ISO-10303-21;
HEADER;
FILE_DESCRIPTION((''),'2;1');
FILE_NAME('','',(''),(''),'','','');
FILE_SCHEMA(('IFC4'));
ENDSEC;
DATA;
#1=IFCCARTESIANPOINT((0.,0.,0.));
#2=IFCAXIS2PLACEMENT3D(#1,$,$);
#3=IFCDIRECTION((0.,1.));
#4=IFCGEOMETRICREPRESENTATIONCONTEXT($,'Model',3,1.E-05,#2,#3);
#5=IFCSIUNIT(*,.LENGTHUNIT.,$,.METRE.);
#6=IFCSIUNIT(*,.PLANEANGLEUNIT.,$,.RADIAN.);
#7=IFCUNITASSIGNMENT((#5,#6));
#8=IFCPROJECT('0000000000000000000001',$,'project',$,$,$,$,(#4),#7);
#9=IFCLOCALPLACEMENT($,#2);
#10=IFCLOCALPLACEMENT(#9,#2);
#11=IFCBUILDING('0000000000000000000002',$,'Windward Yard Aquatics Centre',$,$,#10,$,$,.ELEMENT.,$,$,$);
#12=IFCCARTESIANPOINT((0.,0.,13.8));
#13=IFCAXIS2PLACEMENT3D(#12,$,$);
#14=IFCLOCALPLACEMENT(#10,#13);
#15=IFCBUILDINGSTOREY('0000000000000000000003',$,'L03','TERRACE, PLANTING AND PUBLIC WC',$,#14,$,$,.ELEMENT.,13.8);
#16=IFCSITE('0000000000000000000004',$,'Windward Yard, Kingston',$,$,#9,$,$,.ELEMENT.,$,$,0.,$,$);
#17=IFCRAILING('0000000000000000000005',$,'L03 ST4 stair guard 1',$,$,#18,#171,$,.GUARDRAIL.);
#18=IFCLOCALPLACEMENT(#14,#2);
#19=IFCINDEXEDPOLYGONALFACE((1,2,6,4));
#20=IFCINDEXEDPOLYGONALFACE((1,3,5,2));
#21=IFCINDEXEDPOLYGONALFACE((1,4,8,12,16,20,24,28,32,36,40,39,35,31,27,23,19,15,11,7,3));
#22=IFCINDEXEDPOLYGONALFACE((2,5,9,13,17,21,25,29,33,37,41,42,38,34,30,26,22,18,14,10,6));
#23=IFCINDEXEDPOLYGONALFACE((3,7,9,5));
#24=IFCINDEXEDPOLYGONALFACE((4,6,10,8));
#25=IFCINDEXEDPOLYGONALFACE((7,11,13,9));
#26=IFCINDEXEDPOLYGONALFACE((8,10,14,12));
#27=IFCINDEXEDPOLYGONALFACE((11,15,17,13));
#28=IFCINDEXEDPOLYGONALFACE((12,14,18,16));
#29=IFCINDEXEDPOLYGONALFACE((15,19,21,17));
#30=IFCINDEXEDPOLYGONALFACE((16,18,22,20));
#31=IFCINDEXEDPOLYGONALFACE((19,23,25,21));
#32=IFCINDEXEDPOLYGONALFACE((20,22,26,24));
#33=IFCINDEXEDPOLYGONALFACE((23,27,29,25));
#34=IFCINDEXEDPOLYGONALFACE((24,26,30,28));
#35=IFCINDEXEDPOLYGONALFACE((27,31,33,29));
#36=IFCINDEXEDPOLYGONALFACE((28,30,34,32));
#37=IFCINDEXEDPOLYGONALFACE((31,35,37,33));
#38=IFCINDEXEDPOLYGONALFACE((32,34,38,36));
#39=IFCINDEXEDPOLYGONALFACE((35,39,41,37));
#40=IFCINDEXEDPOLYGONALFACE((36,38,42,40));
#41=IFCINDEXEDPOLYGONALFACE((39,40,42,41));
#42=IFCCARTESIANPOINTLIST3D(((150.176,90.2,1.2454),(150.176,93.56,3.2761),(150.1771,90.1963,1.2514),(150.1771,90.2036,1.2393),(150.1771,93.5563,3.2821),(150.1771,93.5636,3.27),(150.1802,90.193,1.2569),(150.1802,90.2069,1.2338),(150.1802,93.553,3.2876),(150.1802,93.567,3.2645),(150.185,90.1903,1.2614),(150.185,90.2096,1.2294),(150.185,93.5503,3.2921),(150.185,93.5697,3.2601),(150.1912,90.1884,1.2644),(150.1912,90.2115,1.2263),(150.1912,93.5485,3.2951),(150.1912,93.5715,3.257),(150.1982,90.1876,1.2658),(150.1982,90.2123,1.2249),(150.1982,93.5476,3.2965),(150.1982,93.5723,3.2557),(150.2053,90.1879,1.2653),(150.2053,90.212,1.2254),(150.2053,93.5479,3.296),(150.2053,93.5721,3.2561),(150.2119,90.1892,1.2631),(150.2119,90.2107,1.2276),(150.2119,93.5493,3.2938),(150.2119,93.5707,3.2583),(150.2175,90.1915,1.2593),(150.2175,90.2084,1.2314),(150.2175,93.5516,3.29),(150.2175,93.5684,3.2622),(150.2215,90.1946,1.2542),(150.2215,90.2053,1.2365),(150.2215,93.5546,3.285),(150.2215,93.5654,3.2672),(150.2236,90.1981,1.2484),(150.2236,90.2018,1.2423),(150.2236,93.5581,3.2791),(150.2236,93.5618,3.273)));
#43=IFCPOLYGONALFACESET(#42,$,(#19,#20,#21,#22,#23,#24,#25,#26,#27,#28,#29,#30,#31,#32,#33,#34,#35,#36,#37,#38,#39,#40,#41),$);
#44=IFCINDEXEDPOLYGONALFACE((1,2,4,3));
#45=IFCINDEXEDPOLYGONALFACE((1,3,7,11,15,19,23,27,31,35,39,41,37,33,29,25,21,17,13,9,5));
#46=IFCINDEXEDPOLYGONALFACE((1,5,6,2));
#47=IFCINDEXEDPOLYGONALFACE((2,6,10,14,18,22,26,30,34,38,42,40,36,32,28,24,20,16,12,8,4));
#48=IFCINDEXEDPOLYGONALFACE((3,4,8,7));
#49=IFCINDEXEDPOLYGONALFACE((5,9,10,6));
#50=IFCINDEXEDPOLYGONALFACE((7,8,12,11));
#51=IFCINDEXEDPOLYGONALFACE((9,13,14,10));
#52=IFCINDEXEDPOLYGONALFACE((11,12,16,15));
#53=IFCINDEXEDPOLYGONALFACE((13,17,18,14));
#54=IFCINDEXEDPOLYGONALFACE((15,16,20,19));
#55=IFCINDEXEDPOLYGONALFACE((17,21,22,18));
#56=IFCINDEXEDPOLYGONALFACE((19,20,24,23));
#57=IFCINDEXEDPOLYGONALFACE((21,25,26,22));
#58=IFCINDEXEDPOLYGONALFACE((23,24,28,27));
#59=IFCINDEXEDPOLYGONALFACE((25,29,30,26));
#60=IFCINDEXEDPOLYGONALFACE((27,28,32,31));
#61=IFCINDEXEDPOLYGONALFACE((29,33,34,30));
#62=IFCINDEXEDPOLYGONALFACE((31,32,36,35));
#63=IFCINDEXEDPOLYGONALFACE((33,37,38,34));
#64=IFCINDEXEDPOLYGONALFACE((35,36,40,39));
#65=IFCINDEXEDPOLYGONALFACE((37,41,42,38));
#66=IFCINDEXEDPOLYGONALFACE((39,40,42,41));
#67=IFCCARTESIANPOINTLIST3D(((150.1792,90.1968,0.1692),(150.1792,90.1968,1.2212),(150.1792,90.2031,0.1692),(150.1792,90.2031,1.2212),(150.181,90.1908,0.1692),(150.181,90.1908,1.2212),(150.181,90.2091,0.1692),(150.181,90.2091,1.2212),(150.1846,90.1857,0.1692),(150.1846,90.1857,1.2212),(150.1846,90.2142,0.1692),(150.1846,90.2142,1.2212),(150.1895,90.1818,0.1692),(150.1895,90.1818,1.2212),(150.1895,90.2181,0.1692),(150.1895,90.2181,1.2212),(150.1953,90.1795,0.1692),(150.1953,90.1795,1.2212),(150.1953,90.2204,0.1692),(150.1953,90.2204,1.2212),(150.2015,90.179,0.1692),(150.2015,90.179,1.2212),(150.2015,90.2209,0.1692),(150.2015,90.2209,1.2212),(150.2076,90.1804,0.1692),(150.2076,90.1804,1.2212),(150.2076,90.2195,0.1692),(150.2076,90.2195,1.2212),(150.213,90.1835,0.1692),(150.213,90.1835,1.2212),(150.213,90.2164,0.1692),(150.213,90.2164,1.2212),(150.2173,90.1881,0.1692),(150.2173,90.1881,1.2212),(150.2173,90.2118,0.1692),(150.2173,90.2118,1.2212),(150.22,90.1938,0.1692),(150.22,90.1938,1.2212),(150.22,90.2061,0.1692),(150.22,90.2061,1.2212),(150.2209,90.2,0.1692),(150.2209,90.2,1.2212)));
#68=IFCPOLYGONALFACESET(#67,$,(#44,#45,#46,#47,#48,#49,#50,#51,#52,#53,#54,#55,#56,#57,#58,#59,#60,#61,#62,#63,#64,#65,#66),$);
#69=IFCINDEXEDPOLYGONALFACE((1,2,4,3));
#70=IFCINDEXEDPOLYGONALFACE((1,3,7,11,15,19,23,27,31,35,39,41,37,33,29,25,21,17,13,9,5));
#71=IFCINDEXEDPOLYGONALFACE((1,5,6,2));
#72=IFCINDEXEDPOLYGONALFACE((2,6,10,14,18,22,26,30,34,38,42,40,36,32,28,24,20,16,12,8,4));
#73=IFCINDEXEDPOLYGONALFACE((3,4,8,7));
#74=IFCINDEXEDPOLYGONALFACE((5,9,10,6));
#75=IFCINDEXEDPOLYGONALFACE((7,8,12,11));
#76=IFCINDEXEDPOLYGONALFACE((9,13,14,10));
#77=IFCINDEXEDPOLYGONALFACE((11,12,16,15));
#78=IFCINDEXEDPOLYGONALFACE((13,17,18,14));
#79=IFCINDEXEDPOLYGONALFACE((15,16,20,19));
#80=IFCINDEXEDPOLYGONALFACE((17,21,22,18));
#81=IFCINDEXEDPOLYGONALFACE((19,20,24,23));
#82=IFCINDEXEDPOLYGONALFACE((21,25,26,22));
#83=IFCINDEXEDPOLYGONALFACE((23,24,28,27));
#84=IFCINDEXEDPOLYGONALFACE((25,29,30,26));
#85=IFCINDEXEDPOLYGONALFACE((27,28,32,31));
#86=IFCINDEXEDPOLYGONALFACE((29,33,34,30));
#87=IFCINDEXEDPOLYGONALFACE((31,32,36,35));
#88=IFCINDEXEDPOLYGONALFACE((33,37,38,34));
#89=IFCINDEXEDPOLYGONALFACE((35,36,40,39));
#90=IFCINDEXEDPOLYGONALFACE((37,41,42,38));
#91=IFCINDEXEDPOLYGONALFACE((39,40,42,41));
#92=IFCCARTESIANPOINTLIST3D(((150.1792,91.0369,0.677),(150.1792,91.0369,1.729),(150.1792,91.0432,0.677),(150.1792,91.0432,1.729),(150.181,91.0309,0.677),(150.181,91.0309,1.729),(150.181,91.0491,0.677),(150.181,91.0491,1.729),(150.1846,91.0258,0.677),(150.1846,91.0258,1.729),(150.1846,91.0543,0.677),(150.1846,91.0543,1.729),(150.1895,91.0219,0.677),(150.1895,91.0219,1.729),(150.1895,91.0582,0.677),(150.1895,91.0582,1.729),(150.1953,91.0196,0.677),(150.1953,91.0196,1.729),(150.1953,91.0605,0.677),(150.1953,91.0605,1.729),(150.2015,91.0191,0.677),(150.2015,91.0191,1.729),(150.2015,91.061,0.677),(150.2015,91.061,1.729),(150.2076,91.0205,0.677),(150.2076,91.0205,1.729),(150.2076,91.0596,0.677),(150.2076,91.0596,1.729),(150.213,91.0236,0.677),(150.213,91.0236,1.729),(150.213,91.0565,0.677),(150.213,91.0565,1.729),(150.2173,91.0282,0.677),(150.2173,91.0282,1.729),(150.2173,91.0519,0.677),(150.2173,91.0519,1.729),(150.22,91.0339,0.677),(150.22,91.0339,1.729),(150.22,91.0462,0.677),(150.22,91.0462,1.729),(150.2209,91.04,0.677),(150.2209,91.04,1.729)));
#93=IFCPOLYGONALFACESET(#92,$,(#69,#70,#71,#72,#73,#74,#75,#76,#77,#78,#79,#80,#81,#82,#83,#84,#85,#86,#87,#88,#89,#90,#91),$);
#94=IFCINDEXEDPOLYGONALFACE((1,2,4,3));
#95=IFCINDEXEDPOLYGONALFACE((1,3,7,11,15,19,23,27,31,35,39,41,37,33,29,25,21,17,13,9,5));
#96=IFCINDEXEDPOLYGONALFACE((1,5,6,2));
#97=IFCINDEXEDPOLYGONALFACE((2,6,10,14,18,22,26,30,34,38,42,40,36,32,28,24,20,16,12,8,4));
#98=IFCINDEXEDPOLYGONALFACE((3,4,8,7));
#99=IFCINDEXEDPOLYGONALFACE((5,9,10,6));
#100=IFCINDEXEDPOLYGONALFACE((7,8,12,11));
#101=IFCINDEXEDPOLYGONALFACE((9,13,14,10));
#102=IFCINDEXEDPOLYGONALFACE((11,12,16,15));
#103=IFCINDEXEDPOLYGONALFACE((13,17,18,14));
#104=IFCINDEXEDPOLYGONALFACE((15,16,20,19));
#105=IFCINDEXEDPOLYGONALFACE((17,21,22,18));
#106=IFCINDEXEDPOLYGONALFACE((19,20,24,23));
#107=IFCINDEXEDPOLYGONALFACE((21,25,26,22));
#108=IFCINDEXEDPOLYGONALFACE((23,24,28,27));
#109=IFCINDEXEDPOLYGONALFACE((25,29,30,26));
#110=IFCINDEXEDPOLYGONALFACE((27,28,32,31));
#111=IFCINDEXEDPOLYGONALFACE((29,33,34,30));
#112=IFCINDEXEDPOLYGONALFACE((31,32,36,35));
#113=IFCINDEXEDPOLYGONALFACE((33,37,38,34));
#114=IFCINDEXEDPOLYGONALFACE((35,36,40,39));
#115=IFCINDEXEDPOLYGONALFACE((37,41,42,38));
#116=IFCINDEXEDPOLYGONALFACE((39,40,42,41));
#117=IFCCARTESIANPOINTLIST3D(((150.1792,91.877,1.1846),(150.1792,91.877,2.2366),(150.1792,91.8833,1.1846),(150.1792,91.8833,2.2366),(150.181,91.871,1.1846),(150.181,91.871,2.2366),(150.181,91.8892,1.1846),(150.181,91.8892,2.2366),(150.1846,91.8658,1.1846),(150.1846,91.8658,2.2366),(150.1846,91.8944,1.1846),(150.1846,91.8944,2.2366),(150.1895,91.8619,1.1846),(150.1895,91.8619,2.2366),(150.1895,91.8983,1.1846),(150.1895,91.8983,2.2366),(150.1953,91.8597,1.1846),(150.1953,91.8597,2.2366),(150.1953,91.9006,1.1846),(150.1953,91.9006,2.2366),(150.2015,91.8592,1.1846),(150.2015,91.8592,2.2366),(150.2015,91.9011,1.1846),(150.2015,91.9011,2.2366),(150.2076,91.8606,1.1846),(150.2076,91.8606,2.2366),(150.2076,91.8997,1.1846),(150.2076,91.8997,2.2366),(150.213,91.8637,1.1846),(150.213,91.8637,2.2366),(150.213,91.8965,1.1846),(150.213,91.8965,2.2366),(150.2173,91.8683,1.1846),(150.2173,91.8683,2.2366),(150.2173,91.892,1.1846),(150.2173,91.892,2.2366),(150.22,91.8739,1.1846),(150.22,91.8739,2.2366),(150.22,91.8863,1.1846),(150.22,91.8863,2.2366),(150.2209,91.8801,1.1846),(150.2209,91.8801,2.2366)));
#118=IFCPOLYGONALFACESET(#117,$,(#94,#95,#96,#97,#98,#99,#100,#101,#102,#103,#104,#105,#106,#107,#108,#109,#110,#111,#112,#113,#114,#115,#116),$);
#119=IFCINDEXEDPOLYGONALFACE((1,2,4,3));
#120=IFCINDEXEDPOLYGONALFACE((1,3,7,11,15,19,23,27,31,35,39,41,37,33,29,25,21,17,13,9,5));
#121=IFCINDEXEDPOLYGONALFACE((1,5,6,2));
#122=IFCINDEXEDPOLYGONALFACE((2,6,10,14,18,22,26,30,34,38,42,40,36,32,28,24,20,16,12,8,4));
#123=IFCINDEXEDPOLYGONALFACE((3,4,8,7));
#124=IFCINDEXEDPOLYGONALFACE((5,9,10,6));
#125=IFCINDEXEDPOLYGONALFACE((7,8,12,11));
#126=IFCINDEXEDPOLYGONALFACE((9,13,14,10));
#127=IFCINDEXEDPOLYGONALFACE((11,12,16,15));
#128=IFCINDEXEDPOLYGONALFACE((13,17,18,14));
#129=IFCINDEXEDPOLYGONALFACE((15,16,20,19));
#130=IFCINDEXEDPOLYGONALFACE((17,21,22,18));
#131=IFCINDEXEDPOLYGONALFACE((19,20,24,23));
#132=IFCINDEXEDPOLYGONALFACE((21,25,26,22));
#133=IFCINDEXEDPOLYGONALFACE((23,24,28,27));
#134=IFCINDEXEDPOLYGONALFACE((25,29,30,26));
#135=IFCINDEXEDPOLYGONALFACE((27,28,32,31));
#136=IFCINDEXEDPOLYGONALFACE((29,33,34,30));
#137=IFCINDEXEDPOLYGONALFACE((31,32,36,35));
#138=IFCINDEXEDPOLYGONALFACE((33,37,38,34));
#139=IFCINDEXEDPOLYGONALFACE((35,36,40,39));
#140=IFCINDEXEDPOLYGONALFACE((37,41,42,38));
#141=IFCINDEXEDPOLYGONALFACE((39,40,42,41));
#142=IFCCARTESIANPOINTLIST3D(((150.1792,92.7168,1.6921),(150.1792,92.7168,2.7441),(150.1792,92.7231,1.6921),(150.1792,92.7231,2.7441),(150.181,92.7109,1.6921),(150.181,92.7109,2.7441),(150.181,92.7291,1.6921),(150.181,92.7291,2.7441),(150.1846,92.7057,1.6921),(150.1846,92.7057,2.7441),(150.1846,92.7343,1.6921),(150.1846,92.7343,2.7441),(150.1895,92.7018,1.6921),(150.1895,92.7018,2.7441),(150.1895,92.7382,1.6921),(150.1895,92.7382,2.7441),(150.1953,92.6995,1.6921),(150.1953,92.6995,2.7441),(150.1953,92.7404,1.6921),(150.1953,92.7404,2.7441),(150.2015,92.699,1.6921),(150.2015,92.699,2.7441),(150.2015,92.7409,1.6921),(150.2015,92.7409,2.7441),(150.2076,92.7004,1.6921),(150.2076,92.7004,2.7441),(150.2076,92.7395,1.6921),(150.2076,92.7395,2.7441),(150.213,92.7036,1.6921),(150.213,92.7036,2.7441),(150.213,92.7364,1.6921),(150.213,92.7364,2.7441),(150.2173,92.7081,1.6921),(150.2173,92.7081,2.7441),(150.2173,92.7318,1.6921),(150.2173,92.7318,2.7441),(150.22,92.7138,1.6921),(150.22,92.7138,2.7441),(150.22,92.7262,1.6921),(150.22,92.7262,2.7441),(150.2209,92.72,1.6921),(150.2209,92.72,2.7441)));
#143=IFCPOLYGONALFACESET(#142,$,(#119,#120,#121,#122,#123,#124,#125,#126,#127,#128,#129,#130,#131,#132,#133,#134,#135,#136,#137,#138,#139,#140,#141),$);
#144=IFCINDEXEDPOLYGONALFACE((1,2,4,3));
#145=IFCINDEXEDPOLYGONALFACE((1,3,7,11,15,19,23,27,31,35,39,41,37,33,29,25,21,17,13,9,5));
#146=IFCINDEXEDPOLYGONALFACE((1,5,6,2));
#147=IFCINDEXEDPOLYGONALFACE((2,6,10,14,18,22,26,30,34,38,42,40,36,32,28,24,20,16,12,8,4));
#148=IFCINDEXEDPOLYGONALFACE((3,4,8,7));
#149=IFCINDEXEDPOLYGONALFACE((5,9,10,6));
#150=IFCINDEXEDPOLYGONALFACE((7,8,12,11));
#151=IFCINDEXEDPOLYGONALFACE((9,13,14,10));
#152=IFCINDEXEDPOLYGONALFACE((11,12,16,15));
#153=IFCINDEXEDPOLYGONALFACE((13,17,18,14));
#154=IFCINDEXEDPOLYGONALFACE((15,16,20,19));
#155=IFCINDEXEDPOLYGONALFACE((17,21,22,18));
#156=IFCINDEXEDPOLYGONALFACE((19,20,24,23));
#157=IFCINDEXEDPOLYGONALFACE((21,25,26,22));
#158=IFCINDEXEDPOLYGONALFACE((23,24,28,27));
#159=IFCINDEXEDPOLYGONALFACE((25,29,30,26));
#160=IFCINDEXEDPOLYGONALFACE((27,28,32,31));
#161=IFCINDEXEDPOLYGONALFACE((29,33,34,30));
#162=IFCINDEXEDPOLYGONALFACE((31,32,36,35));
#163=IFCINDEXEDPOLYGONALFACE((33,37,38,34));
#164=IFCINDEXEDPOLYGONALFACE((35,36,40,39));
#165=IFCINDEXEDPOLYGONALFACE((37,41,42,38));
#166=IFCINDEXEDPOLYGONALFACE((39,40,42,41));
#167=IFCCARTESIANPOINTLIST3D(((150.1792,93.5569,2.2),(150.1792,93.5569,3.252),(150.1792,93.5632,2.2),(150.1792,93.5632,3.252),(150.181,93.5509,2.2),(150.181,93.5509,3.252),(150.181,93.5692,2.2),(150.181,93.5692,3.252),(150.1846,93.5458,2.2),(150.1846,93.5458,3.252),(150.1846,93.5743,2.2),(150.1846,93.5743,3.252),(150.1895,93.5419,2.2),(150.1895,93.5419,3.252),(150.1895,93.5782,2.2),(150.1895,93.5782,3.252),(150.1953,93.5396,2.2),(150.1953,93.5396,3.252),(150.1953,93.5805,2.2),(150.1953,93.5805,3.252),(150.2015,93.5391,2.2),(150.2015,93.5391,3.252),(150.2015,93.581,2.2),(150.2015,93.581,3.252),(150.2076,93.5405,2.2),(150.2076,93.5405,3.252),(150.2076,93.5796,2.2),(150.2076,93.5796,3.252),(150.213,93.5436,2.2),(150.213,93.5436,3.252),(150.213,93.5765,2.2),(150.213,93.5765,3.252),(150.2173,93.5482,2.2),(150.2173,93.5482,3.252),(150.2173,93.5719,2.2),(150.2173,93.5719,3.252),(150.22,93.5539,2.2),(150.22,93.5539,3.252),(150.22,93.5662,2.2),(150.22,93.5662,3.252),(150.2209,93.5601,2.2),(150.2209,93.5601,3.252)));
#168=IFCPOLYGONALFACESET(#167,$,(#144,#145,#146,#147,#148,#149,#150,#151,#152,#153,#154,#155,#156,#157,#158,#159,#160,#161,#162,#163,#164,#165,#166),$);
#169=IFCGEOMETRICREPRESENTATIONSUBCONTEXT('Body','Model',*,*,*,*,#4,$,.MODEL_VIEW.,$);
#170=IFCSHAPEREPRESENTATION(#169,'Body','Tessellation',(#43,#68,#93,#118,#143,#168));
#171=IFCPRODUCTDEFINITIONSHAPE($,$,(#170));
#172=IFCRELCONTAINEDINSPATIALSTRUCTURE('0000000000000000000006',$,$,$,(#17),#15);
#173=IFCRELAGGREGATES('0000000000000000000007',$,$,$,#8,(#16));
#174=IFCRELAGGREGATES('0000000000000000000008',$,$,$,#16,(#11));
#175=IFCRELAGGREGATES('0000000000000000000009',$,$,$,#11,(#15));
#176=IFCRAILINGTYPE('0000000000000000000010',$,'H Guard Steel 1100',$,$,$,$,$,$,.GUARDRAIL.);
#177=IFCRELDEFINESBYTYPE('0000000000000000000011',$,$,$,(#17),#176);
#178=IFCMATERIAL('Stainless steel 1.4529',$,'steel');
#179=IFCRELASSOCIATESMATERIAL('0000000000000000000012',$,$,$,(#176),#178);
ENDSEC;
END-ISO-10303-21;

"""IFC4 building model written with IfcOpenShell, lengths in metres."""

from ifc_helpers import new_model, si_unit, direction, frame, origin, origin_2d, place, context, subcontext, project, spatial, circle, extrude, material, type_object, element, save


model = new_model("IFC4")

# Units and contexts
model_context = context("Model", 3, precision=1e-05, world=origin(), true_north=direction((0.0, 1.0)))
body_context = subcontext(model_context, "Body", "Model", "MODEL_VIEW")
ifc_project = project(units=[si_unit("LENGTHUNIT", "METRE"), si_unit("PLANEANGLEUNIT", "RADIAN")], contexts=[model_context])

# Site, building, storey
site_placement = place(None, origin())
site = spatial("IfcSite", under=ifc_project, at=site_placement, Name="Windward Yard, Kingston", CompositionType="ELEMENT", RefElevation=0.0)
building_placement = place(site_placement, origin())
building = spatial("IfcBuilding", under=site, at=building_placement, Name="Windward Yard Aquatics Centre", CompositionType="ELEMENT")
storey_placement = place(building_placement, frame((0.0, 0.0, 13.8)))
storey = spatial("IfcBuildingStorey", under=building, at=storey_placement, Name="L03", Description="TERRACE, PLANTING AND PUBLIC WC", CompositionType="ELEMENT", Elevation=13.8)

# Railing
ifc_material_1 = material(Name="Stainless steel 1.4529", Category="steel")
railing_type_1 = type_object("IfcRailingType", Name="H Guard Steel 1100", PredefinedType="GUARDRAIL", material=ifc_material_1)
railing_1_placement = place(storey_placement, frame((150.2, 90.2, 0.1692)))
element("IfcRailing", 1, at=railing_1_placement, inside=storey, type_object=railing_type_1, Name="L03 ST4 stair guard 1", PredefinedType="GUARDRAIL", context=body_context, shape_type="SweptSolid", body=[
    extrude(circle(Radius=0.0239, at=origin_2d()), frame((0.0, 0.0, 1.0762), z_axis=(0.0, 0.855837, 0.517246), x_axis=(-1.0, 0.0, 0.0)), (0.0, 0.0, 1.0), 3.926),
    extrude(circle(Radius=0.021, at=origin_2d()), origin(), (0.0, 0.0, 1.0), 1.052),
    extrude(circle(Radius=0.021, at=origin_2d()), frame((0.0, 0.8401, 0.5078)), (0.0, 0.0, 1.0), 1.052),
    extrude(circle(Radius=0.021, at=origin_2d()), frame((0.0, 1.6802, 1.0154)), (0.0, 0.0, 1.0), 1.052),
    extrude(circle(Radius=0.021, at=origin_2d()), frame((0.0, 2.52, 1.5229)), (0.0, 0.0, 1.0), 1.052),
    extrude(circle(Radius=0.021, at=origin_2d()), frame((0.0, 3.3601, 2.0308)), (0.0, 0.0, 1.0), 1.052),
])

save(model, "model.ifc")
